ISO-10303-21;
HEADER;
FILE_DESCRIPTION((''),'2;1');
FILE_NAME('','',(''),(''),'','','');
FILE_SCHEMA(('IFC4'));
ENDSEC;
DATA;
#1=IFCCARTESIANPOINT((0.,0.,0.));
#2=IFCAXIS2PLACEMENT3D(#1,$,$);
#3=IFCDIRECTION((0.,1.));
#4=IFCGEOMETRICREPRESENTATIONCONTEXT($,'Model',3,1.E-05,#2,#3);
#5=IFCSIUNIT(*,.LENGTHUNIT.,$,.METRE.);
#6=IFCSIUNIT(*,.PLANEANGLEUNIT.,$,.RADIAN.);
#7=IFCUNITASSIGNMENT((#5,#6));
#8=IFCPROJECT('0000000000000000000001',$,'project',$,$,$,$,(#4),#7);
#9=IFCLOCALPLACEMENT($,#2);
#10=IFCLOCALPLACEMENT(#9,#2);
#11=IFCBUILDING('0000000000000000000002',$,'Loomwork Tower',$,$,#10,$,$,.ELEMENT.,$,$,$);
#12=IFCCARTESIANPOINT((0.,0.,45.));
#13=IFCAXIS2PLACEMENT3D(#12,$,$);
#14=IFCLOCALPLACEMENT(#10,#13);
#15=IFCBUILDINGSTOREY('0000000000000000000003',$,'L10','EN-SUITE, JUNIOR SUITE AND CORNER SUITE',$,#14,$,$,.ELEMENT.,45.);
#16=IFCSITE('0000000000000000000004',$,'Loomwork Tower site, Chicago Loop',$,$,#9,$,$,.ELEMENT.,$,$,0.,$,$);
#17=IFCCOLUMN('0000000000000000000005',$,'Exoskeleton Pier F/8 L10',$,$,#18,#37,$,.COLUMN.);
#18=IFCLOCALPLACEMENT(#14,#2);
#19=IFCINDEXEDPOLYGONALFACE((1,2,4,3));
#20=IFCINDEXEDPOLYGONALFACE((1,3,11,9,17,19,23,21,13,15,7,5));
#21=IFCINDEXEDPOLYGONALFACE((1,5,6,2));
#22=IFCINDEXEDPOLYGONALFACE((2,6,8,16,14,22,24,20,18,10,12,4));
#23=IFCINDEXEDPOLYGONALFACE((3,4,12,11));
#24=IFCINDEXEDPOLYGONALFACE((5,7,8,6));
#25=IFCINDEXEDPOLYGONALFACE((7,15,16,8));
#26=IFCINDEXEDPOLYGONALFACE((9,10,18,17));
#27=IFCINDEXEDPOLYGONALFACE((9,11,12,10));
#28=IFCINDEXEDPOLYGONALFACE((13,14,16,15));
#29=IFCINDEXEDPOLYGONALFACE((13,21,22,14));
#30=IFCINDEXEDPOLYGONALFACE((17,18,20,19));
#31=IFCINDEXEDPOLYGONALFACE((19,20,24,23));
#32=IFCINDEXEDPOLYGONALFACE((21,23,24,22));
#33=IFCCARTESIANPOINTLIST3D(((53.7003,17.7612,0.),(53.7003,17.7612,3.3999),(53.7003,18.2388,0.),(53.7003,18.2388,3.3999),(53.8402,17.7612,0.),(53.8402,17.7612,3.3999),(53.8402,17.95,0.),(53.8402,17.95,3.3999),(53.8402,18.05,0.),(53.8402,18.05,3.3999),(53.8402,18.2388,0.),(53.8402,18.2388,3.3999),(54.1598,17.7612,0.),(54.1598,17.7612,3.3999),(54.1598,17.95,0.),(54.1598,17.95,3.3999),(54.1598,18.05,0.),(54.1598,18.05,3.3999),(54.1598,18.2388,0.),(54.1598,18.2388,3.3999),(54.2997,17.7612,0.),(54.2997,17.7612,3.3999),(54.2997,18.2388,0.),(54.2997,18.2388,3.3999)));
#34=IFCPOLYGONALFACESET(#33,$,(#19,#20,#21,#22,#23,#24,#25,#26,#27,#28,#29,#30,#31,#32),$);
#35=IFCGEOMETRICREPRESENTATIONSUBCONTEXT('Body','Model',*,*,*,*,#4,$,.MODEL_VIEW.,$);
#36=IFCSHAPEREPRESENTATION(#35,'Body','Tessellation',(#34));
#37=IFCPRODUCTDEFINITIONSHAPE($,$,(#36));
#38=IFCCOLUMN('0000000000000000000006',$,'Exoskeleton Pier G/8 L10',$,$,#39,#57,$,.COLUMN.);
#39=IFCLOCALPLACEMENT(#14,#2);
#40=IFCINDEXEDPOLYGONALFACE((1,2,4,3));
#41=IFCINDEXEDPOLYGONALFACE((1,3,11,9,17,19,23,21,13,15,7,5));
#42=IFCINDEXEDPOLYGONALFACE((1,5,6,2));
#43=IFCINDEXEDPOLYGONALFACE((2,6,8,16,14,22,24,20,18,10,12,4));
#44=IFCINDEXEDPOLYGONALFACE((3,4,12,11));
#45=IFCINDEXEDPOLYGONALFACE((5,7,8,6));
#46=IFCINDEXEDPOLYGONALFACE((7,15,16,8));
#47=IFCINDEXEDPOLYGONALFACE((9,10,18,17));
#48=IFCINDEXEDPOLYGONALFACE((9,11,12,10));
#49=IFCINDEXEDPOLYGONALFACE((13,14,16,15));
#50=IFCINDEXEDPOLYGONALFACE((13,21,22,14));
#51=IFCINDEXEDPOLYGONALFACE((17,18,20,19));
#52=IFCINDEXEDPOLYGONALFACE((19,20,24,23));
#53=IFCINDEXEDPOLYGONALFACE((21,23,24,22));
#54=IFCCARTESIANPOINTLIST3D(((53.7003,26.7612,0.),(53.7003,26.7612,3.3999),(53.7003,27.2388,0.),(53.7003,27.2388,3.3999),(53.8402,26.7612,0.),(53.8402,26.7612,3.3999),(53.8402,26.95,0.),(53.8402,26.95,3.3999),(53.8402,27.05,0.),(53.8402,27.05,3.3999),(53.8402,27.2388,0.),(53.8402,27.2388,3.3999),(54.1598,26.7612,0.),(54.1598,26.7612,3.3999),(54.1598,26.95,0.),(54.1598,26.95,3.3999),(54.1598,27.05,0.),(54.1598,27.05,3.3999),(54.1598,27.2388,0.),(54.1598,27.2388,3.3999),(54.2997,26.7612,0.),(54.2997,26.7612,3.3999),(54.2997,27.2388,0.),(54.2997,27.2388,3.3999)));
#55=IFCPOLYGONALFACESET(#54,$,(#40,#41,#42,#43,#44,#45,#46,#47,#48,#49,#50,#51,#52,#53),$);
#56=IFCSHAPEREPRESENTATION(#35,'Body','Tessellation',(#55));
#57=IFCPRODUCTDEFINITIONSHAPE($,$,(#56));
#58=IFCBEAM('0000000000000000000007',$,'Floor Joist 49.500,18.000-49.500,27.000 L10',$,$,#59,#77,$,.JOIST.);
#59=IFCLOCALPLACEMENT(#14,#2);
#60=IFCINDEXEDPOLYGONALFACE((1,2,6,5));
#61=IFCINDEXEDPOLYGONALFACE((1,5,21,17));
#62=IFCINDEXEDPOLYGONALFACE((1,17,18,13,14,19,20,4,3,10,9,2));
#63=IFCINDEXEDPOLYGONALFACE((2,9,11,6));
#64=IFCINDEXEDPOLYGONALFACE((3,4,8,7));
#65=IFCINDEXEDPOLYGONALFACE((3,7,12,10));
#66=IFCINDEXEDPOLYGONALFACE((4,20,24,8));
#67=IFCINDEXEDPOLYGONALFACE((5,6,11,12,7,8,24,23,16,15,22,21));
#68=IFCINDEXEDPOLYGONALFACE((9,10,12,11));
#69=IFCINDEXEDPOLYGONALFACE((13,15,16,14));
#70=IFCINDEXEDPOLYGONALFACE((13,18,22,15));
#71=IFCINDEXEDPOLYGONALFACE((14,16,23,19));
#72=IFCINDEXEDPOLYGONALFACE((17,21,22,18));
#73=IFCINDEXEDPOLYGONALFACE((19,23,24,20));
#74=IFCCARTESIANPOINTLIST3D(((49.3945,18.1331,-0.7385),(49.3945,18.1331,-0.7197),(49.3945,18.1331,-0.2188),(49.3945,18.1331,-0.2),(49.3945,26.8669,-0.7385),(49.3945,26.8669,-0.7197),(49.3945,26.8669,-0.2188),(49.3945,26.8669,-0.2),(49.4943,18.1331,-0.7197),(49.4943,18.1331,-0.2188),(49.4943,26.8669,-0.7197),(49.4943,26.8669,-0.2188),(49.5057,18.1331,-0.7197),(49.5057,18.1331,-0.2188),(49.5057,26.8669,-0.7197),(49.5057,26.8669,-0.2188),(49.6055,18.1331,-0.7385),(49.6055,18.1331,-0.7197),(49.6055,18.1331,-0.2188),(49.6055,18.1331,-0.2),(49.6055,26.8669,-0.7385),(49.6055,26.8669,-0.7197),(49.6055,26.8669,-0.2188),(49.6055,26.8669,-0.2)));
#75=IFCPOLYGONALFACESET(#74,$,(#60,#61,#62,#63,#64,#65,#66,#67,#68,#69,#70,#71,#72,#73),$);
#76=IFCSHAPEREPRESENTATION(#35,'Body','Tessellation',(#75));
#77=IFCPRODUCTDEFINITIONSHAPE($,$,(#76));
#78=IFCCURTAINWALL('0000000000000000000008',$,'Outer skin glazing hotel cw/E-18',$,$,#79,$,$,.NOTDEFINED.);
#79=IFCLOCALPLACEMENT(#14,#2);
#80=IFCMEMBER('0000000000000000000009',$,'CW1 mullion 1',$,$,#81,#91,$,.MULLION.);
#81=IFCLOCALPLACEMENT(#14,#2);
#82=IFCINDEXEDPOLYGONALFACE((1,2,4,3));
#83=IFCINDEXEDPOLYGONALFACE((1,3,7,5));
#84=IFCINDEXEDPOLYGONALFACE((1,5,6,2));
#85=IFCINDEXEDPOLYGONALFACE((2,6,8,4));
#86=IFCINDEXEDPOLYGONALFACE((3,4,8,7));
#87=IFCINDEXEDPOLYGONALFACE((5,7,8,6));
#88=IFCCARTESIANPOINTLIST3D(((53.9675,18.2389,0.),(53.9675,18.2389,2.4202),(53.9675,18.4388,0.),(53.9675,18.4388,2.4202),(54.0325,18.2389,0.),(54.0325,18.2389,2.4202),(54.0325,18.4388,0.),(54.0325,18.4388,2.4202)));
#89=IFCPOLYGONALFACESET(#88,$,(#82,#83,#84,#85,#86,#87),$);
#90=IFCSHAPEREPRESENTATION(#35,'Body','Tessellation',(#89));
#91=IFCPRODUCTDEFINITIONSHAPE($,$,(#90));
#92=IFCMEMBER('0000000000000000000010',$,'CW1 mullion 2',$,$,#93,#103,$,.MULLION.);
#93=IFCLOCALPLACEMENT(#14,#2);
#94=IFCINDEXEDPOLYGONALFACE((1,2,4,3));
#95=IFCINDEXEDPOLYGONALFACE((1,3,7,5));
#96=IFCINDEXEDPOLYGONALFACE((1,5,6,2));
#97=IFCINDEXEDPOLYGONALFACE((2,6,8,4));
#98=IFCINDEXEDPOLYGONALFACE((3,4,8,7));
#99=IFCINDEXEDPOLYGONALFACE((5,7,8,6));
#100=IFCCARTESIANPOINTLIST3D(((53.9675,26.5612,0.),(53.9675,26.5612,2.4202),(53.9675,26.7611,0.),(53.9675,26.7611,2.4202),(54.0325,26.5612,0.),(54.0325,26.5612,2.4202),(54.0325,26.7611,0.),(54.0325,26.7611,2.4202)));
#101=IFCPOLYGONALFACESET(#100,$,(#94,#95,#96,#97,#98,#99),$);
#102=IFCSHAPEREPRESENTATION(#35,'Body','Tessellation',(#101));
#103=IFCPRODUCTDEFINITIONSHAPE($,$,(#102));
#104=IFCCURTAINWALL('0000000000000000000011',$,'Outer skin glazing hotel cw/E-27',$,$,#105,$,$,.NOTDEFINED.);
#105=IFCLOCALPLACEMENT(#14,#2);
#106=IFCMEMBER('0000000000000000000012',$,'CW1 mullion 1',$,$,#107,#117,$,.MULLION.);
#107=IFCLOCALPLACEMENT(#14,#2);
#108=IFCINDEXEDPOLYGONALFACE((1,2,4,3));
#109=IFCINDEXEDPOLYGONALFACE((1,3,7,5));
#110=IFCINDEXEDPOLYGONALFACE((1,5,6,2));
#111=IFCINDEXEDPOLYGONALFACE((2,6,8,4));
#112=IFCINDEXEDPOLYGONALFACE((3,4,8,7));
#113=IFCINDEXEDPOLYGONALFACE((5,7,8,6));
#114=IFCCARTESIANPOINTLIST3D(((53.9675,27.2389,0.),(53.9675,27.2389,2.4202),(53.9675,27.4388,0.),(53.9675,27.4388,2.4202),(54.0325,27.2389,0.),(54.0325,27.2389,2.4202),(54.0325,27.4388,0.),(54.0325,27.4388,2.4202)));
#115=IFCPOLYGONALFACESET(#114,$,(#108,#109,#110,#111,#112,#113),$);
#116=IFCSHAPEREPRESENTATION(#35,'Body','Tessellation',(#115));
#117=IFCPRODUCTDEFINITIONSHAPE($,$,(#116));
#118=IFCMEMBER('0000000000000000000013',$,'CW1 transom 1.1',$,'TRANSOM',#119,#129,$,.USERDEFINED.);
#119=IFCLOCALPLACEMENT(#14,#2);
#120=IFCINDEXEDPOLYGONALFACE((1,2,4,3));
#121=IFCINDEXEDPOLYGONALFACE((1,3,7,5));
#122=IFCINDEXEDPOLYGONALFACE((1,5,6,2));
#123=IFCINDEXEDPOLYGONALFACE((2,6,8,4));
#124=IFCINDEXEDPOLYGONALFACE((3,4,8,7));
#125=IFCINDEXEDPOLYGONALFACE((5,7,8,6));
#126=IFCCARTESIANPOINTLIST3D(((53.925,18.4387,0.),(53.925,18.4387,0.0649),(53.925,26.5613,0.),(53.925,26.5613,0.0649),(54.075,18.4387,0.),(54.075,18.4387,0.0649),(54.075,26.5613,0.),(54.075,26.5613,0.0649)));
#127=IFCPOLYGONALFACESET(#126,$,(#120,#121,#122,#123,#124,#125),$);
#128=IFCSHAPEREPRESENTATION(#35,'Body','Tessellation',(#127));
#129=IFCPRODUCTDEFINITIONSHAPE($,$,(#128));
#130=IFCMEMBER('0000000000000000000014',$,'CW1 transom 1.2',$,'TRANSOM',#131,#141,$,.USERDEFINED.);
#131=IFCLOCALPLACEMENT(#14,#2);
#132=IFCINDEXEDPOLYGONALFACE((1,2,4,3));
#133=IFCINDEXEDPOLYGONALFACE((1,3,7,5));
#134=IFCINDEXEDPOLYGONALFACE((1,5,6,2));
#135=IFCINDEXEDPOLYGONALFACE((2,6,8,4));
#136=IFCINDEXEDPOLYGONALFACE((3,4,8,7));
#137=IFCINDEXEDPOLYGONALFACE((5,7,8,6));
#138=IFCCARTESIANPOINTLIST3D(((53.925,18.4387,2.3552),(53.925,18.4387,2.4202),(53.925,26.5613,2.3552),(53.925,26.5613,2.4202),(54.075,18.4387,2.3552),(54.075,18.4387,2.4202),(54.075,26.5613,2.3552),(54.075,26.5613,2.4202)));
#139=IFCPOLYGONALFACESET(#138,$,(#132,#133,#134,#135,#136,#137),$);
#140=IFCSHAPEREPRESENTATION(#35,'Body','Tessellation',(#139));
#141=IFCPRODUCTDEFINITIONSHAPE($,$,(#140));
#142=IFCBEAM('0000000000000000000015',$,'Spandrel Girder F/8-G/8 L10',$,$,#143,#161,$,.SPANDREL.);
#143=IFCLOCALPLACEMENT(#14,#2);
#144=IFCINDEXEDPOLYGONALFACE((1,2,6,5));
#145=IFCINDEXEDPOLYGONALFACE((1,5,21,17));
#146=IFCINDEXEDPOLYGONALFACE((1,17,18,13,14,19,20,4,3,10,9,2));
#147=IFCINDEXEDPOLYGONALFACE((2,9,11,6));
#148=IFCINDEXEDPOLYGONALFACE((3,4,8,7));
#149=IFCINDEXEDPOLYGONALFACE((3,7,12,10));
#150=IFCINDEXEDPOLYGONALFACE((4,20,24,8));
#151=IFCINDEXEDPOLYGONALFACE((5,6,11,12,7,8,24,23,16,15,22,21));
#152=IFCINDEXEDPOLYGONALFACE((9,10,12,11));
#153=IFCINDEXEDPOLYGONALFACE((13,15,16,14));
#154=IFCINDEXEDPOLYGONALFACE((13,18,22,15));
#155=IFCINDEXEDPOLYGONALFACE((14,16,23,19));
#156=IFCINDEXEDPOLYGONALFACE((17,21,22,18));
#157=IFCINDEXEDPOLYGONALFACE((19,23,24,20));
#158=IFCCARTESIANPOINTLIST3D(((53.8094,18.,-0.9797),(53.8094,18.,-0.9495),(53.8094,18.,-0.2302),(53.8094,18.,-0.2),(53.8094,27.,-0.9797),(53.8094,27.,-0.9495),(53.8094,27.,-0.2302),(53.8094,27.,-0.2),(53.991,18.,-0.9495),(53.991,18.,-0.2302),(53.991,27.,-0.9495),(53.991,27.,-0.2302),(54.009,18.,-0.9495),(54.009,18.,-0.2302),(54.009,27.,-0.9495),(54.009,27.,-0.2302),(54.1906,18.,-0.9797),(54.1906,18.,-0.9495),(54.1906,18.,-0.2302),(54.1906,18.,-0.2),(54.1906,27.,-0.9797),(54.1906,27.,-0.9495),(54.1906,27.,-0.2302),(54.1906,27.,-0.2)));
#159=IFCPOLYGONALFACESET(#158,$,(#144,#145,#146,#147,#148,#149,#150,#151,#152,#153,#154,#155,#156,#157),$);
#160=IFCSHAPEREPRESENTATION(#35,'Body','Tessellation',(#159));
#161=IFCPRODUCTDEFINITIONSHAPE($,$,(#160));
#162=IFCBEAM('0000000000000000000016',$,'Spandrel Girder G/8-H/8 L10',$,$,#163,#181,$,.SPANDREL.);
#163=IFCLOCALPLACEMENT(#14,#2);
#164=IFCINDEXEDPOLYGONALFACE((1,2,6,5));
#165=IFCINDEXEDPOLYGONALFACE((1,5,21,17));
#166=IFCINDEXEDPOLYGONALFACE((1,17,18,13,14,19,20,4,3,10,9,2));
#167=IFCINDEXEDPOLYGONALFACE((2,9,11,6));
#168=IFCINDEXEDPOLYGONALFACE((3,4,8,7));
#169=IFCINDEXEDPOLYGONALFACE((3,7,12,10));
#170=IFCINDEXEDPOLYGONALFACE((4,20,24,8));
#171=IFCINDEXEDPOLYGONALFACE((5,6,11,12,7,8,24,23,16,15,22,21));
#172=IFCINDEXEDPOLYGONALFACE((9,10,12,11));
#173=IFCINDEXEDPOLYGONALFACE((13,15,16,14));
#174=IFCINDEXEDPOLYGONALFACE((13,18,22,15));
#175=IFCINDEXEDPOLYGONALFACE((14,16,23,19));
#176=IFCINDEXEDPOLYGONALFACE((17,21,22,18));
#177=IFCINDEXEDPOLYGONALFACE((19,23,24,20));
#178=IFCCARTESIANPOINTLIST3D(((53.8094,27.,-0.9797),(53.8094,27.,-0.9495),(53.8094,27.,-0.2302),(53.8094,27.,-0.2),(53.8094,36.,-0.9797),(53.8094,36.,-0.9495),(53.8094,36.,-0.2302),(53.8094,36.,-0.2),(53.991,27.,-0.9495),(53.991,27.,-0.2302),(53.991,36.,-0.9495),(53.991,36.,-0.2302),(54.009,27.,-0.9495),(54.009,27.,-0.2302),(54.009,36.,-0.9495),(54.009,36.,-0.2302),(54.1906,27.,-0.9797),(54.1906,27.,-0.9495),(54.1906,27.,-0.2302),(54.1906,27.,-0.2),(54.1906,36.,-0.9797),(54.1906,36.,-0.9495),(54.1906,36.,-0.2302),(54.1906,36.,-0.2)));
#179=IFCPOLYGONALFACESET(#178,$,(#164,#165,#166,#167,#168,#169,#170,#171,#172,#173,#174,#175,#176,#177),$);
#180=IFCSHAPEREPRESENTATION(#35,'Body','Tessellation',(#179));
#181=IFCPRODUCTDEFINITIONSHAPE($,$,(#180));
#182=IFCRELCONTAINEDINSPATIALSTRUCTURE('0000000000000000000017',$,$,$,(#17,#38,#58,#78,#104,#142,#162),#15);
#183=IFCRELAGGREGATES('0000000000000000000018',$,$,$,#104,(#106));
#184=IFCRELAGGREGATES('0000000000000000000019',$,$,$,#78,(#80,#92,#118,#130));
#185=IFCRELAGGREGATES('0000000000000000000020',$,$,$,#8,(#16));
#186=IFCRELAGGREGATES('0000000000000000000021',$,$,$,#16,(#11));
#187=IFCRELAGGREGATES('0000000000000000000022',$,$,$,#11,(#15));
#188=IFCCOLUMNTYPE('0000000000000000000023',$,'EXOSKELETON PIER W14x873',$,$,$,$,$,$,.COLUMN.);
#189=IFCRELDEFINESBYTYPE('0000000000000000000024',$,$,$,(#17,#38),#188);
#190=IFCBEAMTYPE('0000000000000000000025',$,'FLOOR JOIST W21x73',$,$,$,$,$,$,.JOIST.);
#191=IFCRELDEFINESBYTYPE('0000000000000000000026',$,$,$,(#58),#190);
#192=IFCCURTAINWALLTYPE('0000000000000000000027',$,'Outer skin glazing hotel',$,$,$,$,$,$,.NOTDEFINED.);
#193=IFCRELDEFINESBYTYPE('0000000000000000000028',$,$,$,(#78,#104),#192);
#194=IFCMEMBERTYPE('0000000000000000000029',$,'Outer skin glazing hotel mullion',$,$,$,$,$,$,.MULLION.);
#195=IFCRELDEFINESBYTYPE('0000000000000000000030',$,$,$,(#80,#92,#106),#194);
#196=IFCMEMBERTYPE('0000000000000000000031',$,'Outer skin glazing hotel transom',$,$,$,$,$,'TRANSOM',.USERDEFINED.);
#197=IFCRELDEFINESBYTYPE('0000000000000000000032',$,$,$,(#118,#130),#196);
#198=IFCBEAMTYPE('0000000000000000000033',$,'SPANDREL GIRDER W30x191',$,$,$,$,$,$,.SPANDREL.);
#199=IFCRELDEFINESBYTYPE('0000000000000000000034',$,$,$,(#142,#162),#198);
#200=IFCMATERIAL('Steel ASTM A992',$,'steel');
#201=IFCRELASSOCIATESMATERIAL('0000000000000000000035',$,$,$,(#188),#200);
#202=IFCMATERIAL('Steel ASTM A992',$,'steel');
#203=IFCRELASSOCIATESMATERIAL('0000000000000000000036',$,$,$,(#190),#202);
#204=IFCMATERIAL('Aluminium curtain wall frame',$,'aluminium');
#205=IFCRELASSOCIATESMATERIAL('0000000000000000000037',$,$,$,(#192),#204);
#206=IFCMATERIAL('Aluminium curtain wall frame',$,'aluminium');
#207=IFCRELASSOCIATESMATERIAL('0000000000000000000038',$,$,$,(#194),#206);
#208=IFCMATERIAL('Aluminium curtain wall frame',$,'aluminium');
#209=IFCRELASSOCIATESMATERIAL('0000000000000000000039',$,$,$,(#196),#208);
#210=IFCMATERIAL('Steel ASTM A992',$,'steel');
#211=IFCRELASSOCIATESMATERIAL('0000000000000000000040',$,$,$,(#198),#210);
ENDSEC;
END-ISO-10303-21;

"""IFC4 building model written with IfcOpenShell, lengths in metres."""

from ifc_helpers import new_model, si_unit, direction, frame, origin, origin_2d, place, context, subcontext, project, spatial, rectangle, i_section, extrude, material, material_profile, profile_set, type_object, element, aggregate, save


model = new_model("IFC4")

# Units and contexts
model_context = context("Model", 3, precision=1e-05, world=origin(), true_north=direction((0.0, 1.0)))
body_context = subcontext(model_context, "Body", "Model", "MODEL_VIEW")
ifc_project = project(units=[si_unit("LENGTHUNIT", "METRE"), si_unit("PLANEANGLEUNIT", "RADIAN")], contexts=[model_context])

# Site, building, storey
site_placement = place(None, origin())
site = spatial("IfcSite", under=ifc_project, at=site_placement, Name="Loomwork Tower site, Chicago Loop", CompositionType="ELEMENT", RefElevation=0.0)
building_placement = place(site_placement, origin())
building = spatial("IfcBuilding", under=site, at=building_placement, Name="Loomwork Tower", CompositionType="ELEMENT")
storey_placement = place(building_placement, frame((0.0, 0.0, 45.0)))
storey = spatial("IfcBuildingStorey", under=building, at=storey_placement, Name="L10", Description="EN-SUITE, JUNIOR SUITE AND CORNER SUITE", CompositionType="ELEMENT", Elevation=45.0)

# Columns
ifc_material_1 = material(Name="Steel ASTM A992", Category="steel")
ifc_material_profile_1 = material_profile(ifc_material_1, i_section(OverallWidth=0.4775, OverallDepth=0.5994, WebThickness=0.1001, FlangeThickness=0.1399, at=origin_2d()), Name="W14x873")
ifc_profile_set_1 = profile_set([ifc_material_profile_1], Name="Steel ASTM A992")
column_type = type_object("IfcColumnType", Name="EXOSKELETON PIER W14x873", PredefinedType="COLUMN", material=ifc_profile_set_1)
for number, where, z_axis, x_axis, name in (
    (1, (54.0, 18.0, 0.0), (0.0, 0.0, 1.0), (0.0, 1.0, 0.0), "Exoskeleton Pier F/8 L10"),
    (2, (54.0, 27.0, 0.0), (0.0, 0.0, 1.0), (0.0, 1.0, 0.0), "Exoskeleton Pier G/8 L10"),
):
    element("IfcColumn", number, at=place(storey_placement, frame(where, z_axis=z_axis, x_axis=x_axis)), inside=storey, type_object=column_type, Name=name, PredefinedType="COLUMN", context=body_context, shape_type="SweptSolid", body=[
        extrude(i_section(OverallWidth=0.4775, OverallDepth=0.5994, WebThickness=0.1001, FlangeThickness=0.1399, at=origin_2d()), origin(), (0.0, 0.0, 1.0), 3.3999),
    ])

# Beam
ifc_material_2 = material(Name="Steel ASTM A992", Category="steel")
ifc_material_profile_2 = material_profile(ifc_material_2, i_section(OverallWidth=0.2109, OverallDepth=0.5386, WebThickness=0.0115, FlangeThickness=0.0188, at=origin_2d()), Name="W21x73")
ifc_profile_set_2 = profile_set([ifc_material_profile_2], Name="Steel ASTM A992")
beam_type_1 = type_object("IfcBeamType", Name="FLOOR JOIST W21x73", PredefinedType="JOIST", material=ifc_profile_set_2)
beam_placement = place(storey_placement, frame((49.5, 18.1331, -0.4692), z_axis=(0.0, 1.0, 0.0), x_axis=(-1.0, 0.0, 0.0)))
element("IfcBeam", 3, at=beam_placement, inside=storey, type_object=beam_type_1, Name="Floor Joist 49.500,18.000-49.500,27.000 L10", PredefinedType="JOIST", context=body_context, shape_type="SweptSolid", body=[
    extrude(i_section(OverallWidth=0.2109, OverallDepth=0.5386, WebThickness=0.0115, FlangeThickness=0.0188, at=origin_2d()), origin(), (0.0, 0.0, 1.0), 8.7339),
])

# Curtain wall, members
ifc_material_3 = material(Name="Aluminium curtain wall frame", Category="aluminium")
curtain_wall_type = type_object("IfcCurtainWallType", Name="Outer skin glazing hotel", PredefinedType="NOTDEFINED", material=ifc_material_3)
curtain_wall_1_placement = place(storey_placement, origin())
curtain_wall_1 = element("IfcCurtainWall", 4, at=curtain_wall_1_placement, inside=storey, type_object=curtain_wall_type, Name="Outer skin glazing hotel cw/E-18", PredefinedType="NOTDEFINED")
ifc_material_4 = material(Name="Aluminium curtain wall frame", Category="aluminium")
ifc_material_profile_3 = material_profile(ifc_material_4, rectangle(XDim=0.0649, YDim=0.2, at=origin_2d()), Name="AL 65x200")
ifc_profile_set_3 = profile_set([ifc_material_profile_3], Name="Aluminium curtain wall frame")
member_type_1 = type_object("IfcMemberType", Name="Outer skin glazing hotel mullion", PredefinedType="MULLION", material=ifc_profile_set_3)
member_1_placement = place(storey_placement, frame((54.0, 18.3389, 0.0), z_axis=(0.0, 0.0, 1.0), x_axis=(-1.0, 0.0, 0.0)))
member_1 = element("IfcMember", 5, at=member_1_placement, type_object=member_type_1, Name="CW1 mullion 1", PredefinedType="MULLION", context=body_context, shape_type="SweptSolid", body=[
    extrude(rectangle(XDim=0.0649, YDim=0.2, at=origin_2d()), origin(), (0.0, 0.0, 1.0), 2.4202),
])
member_2_placement = place(storey_placement, frame((54.0, 26.6611, 0.0), z_axis=(0.0, 0.0, 1.0), x_axis=(-1.0, 0.0, 0.0)))
member_2 = element("IfcMember", 6, at=member_2_placement, type_object=member_type_1, Name="CW1 mullion 2", PredefinedType="MULLION", context=body_context, shape_type="SweptSolid", body=[
    extrude(rectangle(XDim=0.0649, YDim=0.2, at=origin_2d()), origin(), (0.0, 0.0, 1.0), 2.4202),
])

# Curtain wall, member
curtain_wall_2_placement = place(storey_placement, origin())
curtain_wall_2 = element("IfcCurtainWall", 7, at=curtain_wall_2_placement, inside=storey, type_object=curtain_wall_type, Name="Outer skin glazing hotel cw/E-27", PredefinedType="NOTDEFINED")
member_3_placement = place(storey_placement, frame((54.0, 27.3389, 0.0), z_axis=(0.0, 0.0, 1.0), x_axis=(-1.0, 0.0, 0.0)))
member_3 = element("IfcMember", 8, at=member_3_placement, type_object=member_type_1, Name="CW1 mullion 1", PredefinedType="MULLION", context=body_context, shape_type="SweptSolid", body=[
    extrude(rectangle(XDim=0.0649, YDim=0.2, at=origin_2d()), origin(), (0.0, 0.0, 1.0), 2.4202),
])
aggregate(curtain_wall_2, [member_3])

# Members
ifc_material_5 = material(Name="Aluminium curtain wall frame", Category="aluminium")
ifc_material_profile_4 = material_profile(ifc_material_5, rectangle(XDim=0.1499, YDim=0.0649, at=origin_2d()), Name="AL 65x150")
ifc_profile_set_4 = profile_set([ifc_material_profile_4], Name="Aluminium curtain wall frame")
member_type_2 = type_object("IfcMemberType", Name="Outer skin glazing hotel transom", ElementType="TRANSOM", PredefinedType="USERDEFINED", material=ifc_profile_set_4)
member_4_placement = place(storey_placement, frame((54.0, 18.4387, 0.0325), z_axis=(0.0, 1.0, 0.0), x_axis=(-1.0, 0.0, 0.0)))
member_4 = element("IfcMember", 9, at=member_4_placement, type_object=member_type_2, Name="CW1 transom 1.1", ObjectType="TRANSOM", PredefinedType="USERDEFINED", context=body_context, shape_type="SweptSolid", body=[
    extrude(rectangle(XDim=0.1499, YDim=0.0649, at=origin_2d()), origin(), (0.0, 0.0, 1.0), 8.1226),
])
member_5_placement = place(storey_placement, frame((54.0, 18.4387, 2.3877), z_axis=(0.0, 1.0, 0.0), x_axis=(-1.0, 0.0, 0.0)))
member_5 = element("IfcMember", 10, at=member_5_placement, type_object=member_type_2, Name="CW1 transom 1.2", ObjectType="TRANSOM", PredefinedType="USERDEFINED", context=body_context, shape_type="SweptSolid", body=[
    extrude(rectangle(XDim=0.1499, YDim=0.0649, at=origin_2d()), origin(), (0.0, 0.0, 1.0), 8.1226),
])

# Beams
ifc_material_6 = material(Name="Steel ASTM A992", Category="steel")
ifc_material_profile_5 = material_profile(ifc_material_6, i_section(OverallWidth=0.3811, OverallDepth=0.7798, WebThickness=0.0181, FlangeThickness=0.0303, at=origin_2d()), Name="W30x191")
ifc_profile_set_5 = profile_set([ifc_material_profile_5], Name="Steel ASTM A992")
beam_type_2 = type_object("IfcBeamType", Name="SPANDREL GIRDER W30x191", PredefinedType="SPANDREL", material=ifc_profile_set_5)
for number, where, z_axis, x_axis, name in (
    (11, (54.0, 18.0, -0.5898), (0.0, 1.0, 0.0), (-1.0, 0.0, 0.0), "Spandrel Girder F/8-G/8 L10"),
    (12, (54.0, 27.0, -0.5898), (0.0, 1.0, 0.0), (-1.0, 0.0, 0.0), "Spandrel Girder G/8-H/8 L10"),
):
    element("IfcBeam", number, at=place(storey_placement, frame(where, z_axis=z_axis, x_axis=x_axis)), inside=storey, type_object=beam_type_2, Name=name, PredefinedType="SPANDREL", context=body_context, shape_type="SweptSolid", body=[
        extrude(i_section(OverallWidth=0.3811, OverallDepth=0.7798, WebThickness=0.0181, FlangeThickness=0.0303, at=origin_2d()), origin(), (0.0, 0.0, 1.0), 9.0),
    ])

aggregate(curtain_wall_1, [member_1, member_2, member_4, member_5])

save(model, "model.ifc")
